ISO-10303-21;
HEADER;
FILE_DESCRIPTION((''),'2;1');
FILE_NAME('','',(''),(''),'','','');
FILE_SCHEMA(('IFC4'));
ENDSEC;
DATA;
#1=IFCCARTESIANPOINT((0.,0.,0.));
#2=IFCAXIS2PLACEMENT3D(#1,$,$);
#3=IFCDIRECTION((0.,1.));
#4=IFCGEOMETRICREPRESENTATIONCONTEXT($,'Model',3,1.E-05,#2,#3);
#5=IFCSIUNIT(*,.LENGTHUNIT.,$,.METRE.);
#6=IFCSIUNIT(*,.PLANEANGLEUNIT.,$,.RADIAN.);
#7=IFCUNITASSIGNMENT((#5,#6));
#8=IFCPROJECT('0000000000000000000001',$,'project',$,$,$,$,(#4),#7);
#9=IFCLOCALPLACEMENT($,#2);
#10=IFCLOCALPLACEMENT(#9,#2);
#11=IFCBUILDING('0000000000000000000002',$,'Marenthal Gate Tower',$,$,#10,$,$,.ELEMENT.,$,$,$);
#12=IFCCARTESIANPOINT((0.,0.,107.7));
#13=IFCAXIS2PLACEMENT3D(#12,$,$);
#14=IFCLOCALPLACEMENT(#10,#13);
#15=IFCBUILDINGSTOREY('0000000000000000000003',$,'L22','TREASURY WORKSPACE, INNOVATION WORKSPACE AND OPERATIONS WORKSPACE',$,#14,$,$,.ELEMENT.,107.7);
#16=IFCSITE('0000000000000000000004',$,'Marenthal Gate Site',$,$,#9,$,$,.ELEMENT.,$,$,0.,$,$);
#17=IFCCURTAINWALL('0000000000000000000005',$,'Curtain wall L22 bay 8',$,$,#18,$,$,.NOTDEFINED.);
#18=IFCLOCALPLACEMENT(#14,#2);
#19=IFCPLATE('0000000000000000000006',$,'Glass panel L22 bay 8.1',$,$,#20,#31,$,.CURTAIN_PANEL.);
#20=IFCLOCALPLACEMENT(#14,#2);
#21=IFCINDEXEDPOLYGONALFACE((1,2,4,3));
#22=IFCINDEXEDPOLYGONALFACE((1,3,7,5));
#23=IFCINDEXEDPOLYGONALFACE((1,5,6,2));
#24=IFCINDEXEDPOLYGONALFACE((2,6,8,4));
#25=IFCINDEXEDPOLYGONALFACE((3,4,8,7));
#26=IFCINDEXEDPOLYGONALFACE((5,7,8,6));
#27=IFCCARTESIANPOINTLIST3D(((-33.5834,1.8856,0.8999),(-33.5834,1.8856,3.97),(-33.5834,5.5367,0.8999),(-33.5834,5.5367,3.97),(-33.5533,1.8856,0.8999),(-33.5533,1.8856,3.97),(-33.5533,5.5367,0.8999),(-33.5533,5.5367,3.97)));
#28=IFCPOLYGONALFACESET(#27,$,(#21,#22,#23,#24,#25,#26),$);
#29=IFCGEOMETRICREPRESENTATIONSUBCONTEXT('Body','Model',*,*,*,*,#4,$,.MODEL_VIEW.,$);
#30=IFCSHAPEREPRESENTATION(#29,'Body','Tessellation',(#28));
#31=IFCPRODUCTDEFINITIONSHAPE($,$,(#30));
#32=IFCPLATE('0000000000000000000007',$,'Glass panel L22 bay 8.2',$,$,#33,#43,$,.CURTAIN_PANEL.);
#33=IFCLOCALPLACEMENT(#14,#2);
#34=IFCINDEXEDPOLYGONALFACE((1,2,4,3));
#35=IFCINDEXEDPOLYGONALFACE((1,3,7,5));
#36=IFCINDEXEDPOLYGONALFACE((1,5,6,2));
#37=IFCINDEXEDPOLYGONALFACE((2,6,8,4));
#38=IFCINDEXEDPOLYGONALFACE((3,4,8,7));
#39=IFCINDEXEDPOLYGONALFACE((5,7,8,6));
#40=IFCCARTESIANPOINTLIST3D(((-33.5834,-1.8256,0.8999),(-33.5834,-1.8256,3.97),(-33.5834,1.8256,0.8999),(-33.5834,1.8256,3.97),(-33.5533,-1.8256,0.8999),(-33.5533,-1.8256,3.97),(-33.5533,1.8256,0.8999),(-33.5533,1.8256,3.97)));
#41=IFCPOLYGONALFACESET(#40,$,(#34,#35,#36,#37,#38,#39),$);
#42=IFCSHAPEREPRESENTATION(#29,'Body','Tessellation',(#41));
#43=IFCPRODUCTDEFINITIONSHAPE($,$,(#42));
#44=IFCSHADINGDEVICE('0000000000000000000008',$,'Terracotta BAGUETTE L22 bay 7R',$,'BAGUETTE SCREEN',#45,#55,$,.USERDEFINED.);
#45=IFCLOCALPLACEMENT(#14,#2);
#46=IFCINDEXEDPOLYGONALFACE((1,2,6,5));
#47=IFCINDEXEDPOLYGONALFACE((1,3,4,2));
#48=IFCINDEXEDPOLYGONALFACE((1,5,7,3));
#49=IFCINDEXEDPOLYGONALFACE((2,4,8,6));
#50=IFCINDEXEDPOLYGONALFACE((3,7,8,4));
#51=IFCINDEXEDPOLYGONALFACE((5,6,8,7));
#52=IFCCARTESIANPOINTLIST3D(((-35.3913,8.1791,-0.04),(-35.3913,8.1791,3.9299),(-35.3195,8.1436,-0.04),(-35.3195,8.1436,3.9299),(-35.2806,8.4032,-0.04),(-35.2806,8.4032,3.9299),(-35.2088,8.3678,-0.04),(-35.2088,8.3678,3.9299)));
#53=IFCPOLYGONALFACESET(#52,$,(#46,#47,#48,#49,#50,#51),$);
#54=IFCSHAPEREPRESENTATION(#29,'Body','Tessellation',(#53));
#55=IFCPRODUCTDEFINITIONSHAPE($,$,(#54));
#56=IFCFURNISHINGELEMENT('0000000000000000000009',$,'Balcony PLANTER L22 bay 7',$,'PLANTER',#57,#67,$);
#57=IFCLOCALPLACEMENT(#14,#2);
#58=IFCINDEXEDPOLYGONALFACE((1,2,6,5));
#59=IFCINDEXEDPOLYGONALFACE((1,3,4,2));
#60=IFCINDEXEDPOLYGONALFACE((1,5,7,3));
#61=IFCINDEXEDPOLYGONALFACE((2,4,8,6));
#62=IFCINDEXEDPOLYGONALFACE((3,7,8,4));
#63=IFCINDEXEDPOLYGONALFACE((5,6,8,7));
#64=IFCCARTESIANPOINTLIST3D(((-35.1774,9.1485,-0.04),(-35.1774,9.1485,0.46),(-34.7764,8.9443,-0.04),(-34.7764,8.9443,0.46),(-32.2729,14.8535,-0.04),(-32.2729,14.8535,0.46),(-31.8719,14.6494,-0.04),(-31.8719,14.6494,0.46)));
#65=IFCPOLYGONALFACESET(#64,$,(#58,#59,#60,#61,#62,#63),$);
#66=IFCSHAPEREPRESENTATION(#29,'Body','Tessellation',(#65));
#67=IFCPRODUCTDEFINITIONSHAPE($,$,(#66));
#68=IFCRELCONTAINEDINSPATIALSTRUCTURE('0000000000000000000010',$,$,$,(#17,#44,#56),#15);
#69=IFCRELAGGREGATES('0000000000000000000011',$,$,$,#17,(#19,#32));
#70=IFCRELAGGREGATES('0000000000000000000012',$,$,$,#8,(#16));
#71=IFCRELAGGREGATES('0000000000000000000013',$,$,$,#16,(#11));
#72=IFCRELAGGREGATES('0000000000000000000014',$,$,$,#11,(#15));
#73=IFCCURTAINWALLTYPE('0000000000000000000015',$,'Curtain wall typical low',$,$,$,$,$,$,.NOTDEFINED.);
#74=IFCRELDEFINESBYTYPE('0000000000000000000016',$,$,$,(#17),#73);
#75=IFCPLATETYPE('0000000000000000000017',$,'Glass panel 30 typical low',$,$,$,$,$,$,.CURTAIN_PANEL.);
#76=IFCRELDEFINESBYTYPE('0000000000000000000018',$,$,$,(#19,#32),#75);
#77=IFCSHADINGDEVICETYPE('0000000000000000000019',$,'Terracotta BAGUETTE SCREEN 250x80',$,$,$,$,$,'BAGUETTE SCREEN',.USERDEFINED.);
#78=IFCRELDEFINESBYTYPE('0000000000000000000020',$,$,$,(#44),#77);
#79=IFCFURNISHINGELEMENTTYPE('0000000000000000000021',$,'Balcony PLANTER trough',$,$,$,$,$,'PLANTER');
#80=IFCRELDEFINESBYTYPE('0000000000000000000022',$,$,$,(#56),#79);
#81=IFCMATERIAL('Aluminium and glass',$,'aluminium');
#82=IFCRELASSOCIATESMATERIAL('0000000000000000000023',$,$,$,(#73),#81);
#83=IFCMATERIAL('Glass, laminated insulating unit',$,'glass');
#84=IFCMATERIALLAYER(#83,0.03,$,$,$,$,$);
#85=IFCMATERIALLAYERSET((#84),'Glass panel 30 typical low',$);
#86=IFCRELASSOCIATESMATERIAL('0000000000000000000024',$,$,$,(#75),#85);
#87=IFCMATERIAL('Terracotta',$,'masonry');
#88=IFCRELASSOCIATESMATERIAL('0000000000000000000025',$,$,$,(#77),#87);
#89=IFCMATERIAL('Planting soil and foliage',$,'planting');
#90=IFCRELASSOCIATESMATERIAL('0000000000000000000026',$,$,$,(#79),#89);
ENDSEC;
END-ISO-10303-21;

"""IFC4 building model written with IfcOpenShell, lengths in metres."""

from ifc_helpers import new_model, si_unit, direction, frame, origin, origin_2d, place, context, subcontext, project, spatial, rectangle, extrude, material, layer, layer_set, material_profile, profile_set, type_object, element, aggregate, save


model = new_model("IFC4")

# Units and contexts
model_context = context("Model", 3, precision=1e-05, world=origin(), true_north=direction((0.0, 1.0)))
body_context = subcontext(model_context, "Body", "Model", "MODEL_VIEW")
ifc_project = project(units=[si_unit("LENGTHUNIT", "METRE"), si_unit("PLANEANGLEUNIT", "RADIAN")], contexts=[model_context])

# Site, building, storey
site_placement = place(None, origin())
site = spatial("IfcSite", under=ifc_project, at=site_placement, Name="Marenthal Gate Site", CompositionType="ELEMENT", RefElevation=0.0)
building_placement = place(site_placement, origin())
building = spatial("IfcBuilding", under=site, at=building_placement, Name="Marenthal Gate Tower", CompositionType="ELEMENT")
storey_placement = place(building_placement, frame((0.0, 0.0, 107.7)))
storey = spatial("IfcBuildingStorey", under=building, at=storey_placement, Name="L22", Description="TREASURY WORKSPACE, INNOVATION WORKSPACE AND OPERATIONS WORKSPACE", CompositionType="ELEMENT", Elevation=107.7)

# Curtain wall
ifc_material_1 = material(Name="Aluminium and glass", Category="aluminium")
curtain_wall_type = type_object("IfcCurtainWallType", Name="Curtain wall typical low", PredefinedType="NOTDEFINED", material=ifc_material_1)
curtain_wall_placement = place(storey_placement, origin())
curtain_wall = element("IfcCurtainWall", 1, at=curtain_wall_placement, inside=storey, type_object=curtain_wall_type, Name="Curtain wall L22 bay 8", PredefinedType="NOTDEFINED")

# Plates
ifc_material_2 = material(Name="Glass, laminated insulating unit", Category="glass")
ifc_layer = layer(ifc_material_2, 0.03)
ifc_layer_set = layer_set([ifc_layer], Name="Glass panel 30 typical low")
plate_type = type_object("IfcPlateType", Name="Glass panel 30 typical low", PredefinedType="CURTAIN_PANEL", material=ifc_layer_set)
plate_1_placement = place(storey_placement, frame((-33.5684, 3.7112, 0.8999), z_axis=(0.0, 0.0, 1.0), x_axis=(0.0, -1.0, 0.0)))
plate_1 = element("IfcPlate", 2, at=plate_1_placement, type_object=plate_type, Name="Glass panel L22 bay 8.1", PredefinedType="CURTAIN_PANEL", context=body_context, shape_type="SweptSolid", body=[
    extrude(rectangle(XDim=3.6511, YDim=0.03, at=origin_2d()), origin(), (0.0, 0.0, 1.0), 3.0701),
])
plate_2_placement = place(storey_placement, frame((-33.5684, 0.0, 0.8999), z_axis=(0.0, 0.0, 1.0), x_axis=(0.0, -1.0, 0.0)))
plate_2 = element("IfcPlate", 3, at=plate_2_placement, type_object=plate_type, Name="Glass panel L22 bay 8.2", PredefinedType="CURTAIN_PANEL", context=body_context, shape_type="SweptSolid", body=[
    extrude(rectangle(XDim=3.6511, YDim=0.03, at=origin_2d()), origin(), (0.0, 0.0, 1.0), 3.0701),
])
aggregate(curtain_wall, [plate_1, plate_2])

# Shading device
ifc_material_3 = material(Name="Terracotta", Category="masonry")
ifc_material_profile_1 = material_profile(ifc_material_3, rectangle(XDim=0.25, YDim=0.0801, at=origin_2d()), Name="Terracotta baguette 250x80")
ifc_profile_set_1 = profile_set([ifc_material_profile_1], Name="Terracotta")
shading_device_type = type_object("IfcShadingDeviceType", Name="Terracotta BAGUETTE SCREEN 250x80", ElementType="BAGUETTE SCREEN", PredefinedType="USERDEFINED", material=ifc_profile_set_1)
shading_device_placement = place(storey_placement, frame((-35.3, 8.2734, -0.04), z_axis=(0.0, 0.0, 1.0), x_axis=(-0.442731, -0.896654, 0.0)))
element("IfcShadingDevice", 4, at=shading_device_placement, inside=storey, type_object=shading_device_type, Name="Terracotta BAGUETTE L22 bay 7R", ObjectType="BAGUETTE SCREEN", PredefinedType="USERDEFINED", context=body_context, shape_type="SweptSolid", body=[
    extrude(rectangle(XDim=0.25, YDim=0.0801, at=origin_2d()), origin(), (0.0, 0.0, 1.0), 3.97),
])

# Furnishing element
ifc_material_4 = material(Name="Planting soil and foliage", Category="planting")
furnishing_element_type = type_object("IfcFurnishingElementType", Name="Balcony PLANTER trough", ElementType="PLANTER", material=ifc_material_4)
furnishing_placement = place(storey_placement, frame((-33.5247, 11.8989, -0.04), z_axis=(0.0, 0.0, 1.0), x_axis=(-0.453688, -0.891161, 0.0)))
element("IfcFurnishingElement", 5, at=furnishing_placement, inside=storey, type_object=furnishing_element_type, Name="Balcony PLANTER L22 bay 7", ObjectType="PLANTER", context=body_context, shape_type="SweptSolid", body=[
    extrude(rectangle(XDim=6.4019, YDim=0.45, at=origin_2d()), origin(), (0.0, 0.0, 1.0), 0.5),
])

save(model, "model.ifc")
